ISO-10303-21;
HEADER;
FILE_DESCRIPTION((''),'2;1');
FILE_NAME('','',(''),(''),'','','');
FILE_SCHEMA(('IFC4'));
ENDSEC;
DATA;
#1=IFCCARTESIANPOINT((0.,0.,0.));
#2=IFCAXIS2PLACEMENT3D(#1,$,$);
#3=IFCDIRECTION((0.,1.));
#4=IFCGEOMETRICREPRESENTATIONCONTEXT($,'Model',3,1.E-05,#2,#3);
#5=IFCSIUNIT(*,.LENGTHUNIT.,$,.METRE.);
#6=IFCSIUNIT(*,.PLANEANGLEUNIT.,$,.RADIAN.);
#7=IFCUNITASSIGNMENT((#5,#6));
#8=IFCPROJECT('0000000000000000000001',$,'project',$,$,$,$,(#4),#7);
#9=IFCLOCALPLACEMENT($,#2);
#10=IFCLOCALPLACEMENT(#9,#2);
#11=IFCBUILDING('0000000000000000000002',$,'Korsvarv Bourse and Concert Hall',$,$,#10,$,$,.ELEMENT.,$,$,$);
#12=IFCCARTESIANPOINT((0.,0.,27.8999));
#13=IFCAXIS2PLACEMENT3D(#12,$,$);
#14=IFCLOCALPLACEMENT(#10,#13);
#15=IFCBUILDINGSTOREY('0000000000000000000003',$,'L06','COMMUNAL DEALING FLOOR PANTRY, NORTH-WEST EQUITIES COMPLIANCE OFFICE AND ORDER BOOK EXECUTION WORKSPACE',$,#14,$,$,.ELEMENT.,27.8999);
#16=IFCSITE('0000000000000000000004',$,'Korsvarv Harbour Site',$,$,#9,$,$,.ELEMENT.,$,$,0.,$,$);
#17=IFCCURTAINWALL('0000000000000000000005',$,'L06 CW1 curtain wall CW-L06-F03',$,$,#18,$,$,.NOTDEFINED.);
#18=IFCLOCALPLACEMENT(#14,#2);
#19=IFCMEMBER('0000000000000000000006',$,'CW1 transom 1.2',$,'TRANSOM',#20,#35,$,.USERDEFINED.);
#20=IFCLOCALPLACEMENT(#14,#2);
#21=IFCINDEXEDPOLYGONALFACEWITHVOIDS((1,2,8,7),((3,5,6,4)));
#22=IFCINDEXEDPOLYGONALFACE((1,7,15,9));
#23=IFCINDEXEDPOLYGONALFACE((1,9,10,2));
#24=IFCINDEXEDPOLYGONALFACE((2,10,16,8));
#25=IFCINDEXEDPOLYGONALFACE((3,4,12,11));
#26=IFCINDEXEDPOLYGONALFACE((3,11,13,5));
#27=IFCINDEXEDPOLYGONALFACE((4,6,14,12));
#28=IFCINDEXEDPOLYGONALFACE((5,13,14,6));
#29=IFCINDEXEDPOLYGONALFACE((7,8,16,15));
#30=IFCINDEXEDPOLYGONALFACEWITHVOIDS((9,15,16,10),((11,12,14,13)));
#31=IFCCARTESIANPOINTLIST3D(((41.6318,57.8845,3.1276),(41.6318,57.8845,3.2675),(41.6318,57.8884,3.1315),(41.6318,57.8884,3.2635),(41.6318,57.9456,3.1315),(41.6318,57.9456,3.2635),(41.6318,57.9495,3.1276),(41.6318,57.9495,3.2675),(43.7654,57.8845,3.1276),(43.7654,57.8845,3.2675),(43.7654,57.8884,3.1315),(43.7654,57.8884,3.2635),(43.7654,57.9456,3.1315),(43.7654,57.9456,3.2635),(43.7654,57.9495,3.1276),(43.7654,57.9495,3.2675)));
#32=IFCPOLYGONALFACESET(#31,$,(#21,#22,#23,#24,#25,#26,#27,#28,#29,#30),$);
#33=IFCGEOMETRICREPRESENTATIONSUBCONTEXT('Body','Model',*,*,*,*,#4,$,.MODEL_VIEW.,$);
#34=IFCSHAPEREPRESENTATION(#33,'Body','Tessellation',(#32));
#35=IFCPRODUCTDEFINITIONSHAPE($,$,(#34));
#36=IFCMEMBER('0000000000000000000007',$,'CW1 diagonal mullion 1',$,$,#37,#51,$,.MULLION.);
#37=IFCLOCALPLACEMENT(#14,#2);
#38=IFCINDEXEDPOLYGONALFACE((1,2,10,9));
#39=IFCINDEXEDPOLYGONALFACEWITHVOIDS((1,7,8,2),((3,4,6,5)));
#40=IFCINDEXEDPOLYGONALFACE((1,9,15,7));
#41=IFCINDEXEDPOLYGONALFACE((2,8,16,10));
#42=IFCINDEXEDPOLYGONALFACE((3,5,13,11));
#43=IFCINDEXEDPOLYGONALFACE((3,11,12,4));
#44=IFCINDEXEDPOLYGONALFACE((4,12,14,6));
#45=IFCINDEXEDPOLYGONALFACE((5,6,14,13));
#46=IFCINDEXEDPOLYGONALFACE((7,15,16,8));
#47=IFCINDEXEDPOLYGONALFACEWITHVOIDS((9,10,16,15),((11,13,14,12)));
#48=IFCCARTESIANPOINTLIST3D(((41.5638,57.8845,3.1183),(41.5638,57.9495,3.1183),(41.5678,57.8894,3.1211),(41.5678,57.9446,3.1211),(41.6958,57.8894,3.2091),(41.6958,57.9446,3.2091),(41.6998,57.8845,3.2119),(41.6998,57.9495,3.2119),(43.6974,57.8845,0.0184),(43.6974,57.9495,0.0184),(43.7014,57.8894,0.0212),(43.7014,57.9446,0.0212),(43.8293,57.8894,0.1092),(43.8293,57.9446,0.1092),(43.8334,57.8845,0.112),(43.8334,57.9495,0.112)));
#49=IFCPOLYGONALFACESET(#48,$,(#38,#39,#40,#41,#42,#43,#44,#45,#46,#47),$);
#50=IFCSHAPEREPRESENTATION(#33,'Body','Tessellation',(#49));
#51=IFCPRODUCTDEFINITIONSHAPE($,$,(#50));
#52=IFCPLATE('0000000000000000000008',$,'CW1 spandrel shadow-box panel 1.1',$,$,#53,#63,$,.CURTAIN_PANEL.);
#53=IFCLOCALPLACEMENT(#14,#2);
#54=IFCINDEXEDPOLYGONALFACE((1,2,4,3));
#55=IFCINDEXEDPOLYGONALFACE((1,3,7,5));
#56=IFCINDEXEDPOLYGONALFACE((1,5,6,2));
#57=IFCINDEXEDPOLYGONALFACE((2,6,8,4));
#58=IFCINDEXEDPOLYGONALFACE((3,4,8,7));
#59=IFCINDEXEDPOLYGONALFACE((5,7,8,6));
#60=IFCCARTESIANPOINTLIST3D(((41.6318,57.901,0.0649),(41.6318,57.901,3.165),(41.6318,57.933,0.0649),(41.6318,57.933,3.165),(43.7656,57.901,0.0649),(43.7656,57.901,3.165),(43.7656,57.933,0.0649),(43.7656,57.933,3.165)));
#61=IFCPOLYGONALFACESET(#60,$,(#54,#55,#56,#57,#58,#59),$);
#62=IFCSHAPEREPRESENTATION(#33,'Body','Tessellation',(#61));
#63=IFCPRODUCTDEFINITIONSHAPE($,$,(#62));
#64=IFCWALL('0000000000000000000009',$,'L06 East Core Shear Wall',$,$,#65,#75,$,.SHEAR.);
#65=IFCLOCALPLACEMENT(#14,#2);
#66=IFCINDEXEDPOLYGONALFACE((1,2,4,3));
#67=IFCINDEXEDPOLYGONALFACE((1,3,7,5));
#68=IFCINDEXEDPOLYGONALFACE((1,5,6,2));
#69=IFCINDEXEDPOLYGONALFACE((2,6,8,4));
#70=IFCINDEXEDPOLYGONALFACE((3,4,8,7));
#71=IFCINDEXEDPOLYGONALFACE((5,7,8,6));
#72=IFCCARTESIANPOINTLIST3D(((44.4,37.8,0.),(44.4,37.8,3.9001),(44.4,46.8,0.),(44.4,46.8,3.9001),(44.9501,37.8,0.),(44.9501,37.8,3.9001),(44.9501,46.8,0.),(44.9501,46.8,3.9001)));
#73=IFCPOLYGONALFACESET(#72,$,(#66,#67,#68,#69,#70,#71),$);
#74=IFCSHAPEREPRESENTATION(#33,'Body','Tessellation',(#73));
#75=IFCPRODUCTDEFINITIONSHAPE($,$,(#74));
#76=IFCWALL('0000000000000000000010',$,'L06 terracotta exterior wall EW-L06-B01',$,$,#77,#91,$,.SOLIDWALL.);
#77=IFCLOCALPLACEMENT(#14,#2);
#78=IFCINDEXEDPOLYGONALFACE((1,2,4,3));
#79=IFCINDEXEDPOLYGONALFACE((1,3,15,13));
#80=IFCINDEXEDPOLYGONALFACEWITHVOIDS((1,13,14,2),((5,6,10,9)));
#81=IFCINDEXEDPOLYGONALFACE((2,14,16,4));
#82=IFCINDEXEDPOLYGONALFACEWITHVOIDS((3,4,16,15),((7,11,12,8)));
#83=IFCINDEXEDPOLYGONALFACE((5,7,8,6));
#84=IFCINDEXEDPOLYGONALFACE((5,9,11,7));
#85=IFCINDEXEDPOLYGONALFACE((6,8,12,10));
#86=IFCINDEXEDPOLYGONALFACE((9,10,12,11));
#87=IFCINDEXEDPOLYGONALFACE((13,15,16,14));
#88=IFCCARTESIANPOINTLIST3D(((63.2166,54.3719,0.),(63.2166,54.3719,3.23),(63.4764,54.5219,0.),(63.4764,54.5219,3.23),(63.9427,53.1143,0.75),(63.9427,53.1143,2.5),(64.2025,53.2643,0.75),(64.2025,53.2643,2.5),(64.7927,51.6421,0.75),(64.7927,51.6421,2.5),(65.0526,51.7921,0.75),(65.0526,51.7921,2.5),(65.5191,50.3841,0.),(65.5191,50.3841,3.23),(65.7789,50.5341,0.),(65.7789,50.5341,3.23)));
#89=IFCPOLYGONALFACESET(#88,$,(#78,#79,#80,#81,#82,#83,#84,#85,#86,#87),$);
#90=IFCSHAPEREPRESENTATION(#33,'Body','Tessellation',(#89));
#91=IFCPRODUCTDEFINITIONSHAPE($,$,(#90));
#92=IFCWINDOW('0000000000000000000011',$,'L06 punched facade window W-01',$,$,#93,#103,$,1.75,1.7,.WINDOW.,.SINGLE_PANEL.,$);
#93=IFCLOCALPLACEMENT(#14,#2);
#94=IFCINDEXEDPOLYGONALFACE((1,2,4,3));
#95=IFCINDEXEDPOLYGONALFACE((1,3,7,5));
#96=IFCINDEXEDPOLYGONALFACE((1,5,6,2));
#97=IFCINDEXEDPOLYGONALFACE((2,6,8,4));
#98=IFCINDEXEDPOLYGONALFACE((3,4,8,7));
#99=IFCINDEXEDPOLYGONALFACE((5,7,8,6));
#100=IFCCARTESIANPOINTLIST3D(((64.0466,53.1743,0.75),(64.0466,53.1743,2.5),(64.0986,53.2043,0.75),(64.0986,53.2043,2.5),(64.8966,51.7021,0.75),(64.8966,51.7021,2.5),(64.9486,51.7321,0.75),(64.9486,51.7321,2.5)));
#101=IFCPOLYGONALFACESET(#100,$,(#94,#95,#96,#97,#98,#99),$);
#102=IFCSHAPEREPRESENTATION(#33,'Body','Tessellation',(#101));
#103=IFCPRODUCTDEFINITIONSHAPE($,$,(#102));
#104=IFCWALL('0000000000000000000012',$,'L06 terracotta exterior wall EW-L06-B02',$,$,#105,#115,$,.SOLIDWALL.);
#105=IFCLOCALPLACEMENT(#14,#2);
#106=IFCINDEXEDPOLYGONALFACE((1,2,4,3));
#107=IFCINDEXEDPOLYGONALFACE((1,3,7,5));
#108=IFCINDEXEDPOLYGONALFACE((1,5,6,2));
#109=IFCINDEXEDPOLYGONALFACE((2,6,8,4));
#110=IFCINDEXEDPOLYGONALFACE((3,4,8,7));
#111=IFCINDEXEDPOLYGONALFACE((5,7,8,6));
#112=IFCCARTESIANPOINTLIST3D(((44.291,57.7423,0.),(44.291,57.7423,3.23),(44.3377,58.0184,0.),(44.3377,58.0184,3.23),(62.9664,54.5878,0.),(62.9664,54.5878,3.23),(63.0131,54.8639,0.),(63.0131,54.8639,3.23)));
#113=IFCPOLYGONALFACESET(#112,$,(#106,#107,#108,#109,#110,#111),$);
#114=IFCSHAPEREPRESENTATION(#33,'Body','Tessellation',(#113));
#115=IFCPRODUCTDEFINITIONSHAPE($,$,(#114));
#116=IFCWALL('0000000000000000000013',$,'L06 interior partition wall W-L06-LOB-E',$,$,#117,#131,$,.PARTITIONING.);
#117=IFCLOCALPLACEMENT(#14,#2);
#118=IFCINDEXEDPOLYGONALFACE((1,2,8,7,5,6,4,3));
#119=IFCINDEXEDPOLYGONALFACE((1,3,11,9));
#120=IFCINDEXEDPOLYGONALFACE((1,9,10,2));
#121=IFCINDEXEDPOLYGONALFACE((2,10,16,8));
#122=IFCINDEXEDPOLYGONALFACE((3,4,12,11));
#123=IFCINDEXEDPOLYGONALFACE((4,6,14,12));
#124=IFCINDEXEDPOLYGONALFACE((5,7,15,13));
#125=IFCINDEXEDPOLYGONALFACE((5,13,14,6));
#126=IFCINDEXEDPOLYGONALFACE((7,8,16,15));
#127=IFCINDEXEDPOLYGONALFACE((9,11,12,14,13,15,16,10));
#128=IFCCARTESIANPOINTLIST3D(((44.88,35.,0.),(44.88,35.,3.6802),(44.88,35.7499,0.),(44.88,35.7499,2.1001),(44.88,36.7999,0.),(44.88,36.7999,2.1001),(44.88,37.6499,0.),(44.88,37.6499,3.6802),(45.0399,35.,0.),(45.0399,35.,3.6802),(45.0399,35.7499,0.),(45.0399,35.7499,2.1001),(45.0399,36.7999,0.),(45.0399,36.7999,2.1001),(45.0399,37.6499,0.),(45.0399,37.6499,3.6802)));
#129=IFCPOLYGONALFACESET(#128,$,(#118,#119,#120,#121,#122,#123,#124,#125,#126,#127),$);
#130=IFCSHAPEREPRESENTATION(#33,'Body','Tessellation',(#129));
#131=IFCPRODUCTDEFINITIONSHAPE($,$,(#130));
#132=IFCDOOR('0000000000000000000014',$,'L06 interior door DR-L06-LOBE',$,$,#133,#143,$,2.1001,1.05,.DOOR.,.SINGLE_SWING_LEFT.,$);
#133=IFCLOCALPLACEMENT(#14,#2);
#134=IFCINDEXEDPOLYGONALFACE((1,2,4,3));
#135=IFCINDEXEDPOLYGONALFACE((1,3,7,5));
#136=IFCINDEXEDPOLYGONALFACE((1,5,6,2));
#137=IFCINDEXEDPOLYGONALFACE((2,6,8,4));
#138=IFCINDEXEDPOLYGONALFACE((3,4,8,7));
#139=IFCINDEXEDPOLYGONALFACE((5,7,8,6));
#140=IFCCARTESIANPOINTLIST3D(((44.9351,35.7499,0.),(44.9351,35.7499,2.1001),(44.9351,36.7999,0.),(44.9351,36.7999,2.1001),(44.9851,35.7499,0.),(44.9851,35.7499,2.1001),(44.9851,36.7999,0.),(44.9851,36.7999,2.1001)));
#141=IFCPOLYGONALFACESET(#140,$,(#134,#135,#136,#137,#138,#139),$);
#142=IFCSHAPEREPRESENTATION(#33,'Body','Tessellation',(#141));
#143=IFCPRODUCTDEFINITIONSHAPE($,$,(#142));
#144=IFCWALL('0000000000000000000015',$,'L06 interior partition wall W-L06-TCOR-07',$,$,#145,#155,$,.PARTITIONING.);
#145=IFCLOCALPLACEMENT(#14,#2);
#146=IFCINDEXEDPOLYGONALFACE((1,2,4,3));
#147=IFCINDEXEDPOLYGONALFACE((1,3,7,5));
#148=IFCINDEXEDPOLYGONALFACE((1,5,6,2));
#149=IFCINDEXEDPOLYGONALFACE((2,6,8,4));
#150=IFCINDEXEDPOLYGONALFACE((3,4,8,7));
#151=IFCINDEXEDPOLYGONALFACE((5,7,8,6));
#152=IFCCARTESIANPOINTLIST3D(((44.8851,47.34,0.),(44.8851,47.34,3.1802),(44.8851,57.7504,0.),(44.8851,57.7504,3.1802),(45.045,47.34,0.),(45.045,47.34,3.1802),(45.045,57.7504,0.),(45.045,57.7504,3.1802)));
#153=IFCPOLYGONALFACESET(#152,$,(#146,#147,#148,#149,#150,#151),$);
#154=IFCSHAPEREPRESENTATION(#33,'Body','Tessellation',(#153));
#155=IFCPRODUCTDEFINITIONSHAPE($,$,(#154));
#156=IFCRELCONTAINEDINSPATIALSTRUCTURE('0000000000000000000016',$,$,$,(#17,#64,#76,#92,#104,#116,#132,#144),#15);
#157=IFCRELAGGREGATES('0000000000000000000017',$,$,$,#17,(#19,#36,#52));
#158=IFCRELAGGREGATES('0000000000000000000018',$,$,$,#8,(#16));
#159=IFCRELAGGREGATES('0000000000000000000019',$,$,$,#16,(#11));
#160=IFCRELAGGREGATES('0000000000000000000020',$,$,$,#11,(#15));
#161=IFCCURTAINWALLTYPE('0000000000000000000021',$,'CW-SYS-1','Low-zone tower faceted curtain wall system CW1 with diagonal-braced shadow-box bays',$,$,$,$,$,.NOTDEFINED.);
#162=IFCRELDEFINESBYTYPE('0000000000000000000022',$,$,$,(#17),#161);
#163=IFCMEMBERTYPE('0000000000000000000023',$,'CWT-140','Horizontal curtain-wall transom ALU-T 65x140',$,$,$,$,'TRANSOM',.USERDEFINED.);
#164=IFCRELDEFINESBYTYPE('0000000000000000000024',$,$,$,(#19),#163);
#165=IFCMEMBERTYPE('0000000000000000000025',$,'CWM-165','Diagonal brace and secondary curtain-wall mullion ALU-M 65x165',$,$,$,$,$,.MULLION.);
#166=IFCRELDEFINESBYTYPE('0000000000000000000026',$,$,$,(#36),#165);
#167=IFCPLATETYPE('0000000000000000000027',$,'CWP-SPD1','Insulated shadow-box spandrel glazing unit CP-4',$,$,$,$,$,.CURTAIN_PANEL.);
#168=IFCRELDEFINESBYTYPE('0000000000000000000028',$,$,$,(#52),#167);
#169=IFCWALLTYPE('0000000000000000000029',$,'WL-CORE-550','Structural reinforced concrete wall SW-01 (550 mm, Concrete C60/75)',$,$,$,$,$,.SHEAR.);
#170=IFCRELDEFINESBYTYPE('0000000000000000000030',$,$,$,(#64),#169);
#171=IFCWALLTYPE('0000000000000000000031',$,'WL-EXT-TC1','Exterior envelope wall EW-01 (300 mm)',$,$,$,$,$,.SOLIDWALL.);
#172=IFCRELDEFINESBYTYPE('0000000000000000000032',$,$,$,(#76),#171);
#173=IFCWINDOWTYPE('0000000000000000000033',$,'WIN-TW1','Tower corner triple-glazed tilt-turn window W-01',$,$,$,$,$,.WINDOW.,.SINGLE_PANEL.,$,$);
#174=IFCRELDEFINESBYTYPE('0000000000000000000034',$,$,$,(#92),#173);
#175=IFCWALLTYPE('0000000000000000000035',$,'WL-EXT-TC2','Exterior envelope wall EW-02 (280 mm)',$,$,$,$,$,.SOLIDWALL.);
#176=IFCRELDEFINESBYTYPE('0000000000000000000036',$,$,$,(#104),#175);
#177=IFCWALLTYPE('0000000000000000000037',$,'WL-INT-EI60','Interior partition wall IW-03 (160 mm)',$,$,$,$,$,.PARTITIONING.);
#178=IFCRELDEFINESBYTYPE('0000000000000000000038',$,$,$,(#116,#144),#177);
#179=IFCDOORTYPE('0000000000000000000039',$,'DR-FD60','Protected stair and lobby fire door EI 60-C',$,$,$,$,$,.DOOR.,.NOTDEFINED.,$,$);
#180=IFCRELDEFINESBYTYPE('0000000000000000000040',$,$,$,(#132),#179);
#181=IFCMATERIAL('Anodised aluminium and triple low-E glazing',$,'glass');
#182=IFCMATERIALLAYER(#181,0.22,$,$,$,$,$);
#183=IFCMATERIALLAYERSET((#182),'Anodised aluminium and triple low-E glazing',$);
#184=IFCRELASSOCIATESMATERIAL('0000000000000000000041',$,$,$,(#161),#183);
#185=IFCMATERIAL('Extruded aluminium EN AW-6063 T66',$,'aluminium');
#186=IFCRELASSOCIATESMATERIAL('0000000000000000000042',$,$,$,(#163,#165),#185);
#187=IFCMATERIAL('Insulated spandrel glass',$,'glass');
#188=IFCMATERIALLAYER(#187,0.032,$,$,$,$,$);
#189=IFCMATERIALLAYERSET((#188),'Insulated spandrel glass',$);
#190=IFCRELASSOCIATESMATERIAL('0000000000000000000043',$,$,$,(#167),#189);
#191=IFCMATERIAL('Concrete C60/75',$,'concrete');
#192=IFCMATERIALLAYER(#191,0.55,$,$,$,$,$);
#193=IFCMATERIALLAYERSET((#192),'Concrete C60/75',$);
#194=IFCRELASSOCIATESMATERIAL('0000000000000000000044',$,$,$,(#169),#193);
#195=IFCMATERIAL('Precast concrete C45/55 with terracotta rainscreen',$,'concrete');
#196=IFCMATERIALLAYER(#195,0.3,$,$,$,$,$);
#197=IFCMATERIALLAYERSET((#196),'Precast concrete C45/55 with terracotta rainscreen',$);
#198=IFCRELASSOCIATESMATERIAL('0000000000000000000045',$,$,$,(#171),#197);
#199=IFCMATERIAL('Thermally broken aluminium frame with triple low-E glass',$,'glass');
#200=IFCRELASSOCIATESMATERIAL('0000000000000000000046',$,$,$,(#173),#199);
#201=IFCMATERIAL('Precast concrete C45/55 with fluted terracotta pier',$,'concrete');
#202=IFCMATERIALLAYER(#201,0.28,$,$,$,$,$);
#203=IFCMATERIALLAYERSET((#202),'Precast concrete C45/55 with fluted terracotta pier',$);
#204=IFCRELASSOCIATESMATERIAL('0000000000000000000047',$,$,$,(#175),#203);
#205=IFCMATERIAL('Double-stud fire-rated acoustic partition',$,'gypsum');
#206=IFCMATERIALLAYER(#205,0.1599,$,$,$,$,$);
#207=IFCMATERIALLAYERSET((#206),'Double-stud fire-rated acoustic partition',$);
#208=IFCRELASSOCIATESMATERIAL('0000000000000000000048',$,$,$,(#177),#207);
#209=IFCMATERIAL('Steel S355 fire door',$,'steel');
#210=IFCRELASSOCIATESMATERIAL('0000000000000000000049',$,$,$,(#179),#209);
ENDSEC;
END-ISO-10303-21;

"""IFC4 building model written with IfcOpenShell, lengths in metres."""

from ifc_helpers import new_model, si_unit, direction, frame, frame_2d, origin, origin_2d, place, context, subcontext, project, spatial, rectangle, hollow_rectangle, extrude, source, transform, mapped, material, layer, layer_set, material_profile, profile_set, type_object, element, fill, aggregate, save


model = new_model("IFC4")

# Units and contexts
model_context = context("Model", 3, precision=1e-05, world=origin(), true_north=direction((0.0, 1.0)))
body_context = subcontext(model_context, "Body", "Model", "MODEL_VIEW")
ifc_project = project(units=[si_unit("LENGTHUNIT", "METRE"), si_unit("PLANEANGLEUNIT", "RADIAN")], contexts=[model_context])

# Site, building, storey
site_placement = place(None, origin())
site = spatial("IfcSite", under=ifc_project, at=site_placement, Name="Korsvarv Harbour Site", CompositionType="ELEMENT", RefElevation=0.0)
building_placement = place(site_placement, origin())
building = spatial("IfcBuilding", under=site, at=building_placement, Name="Korsvarv Bourse and Concert Hall", CompositionType="ELEMENT")
storey_placement = place(building_placement, frame((0.0, 0.0, 27.8999)))
storey = spatial("IfcBuildingStorey", under=building, at=storey_placement, Name="L06", Description="COMMUNAL DEALING FLOOR PANTRY, NORTH-WEST EQUITIES COMPLIANCE OFFICE AND ORDER BOOK EXECUTION WORKSPACE", CompositionType="ELEMENT", Elevation=27.8999)

# Shared definitions
ifc_material_1 = material(Name="Concrete C60/75", Category="concrete")

# Curtain wall, members, plate
ifc_material_2 = material(Name="Anodised aluminium and triple low-E glazing", Category="glass")
ifc_layer_1 = layer(ifc_material_2, 0.22)
ifc_layer_set_1 = layer_set([ifc_layer_1], Name="Anodised aluminium and triple low-E glazing")
curtain_wall_type = type_object("IfcCurtainWallType", Name="CW-SYS-1", Description="Low-zone tower faceted curtain wall system CW1 with diagonal-braced shadow-box bays", PredefinedType="NOTDEFINED", material=ifc_layer_set_1)
curtain_wall_placement = place(storey_placement, origin())
curtain_wall = element("IfcCurtainWall", 1, at=curtain_wall_placement, inside=storey, type_object=curtain_wall_type, Name="L06 CW1 curtain wall CW-L06-F03", PredefinedType="NOTDEFINED")
ifc_material_3 = material(Name="Extruded aluminium EN AW-6063 T66", Category="aluminium")
ifc_material_profile_1 = material_profile(ifc_material_3, hollow_rectangle(XDim=0.0649, YDim=0.1399, WallThickness=0.0039, at=origin_2d()), Name="ALU-T 65x140")
ifc_profile_set_1 = profile_set([ifc_material_profile_1], Name="Extruded aluminium EN AW-6063 T66")
member_type_1 = type_object("IfcMemberType", Name="CWT-140", Description="Horizontal curtain-wall transom ALU-T 65x140", ElementType="TRANSOM", PredefinedType="USERDEFINED", material=ifc_profile_set_1)
shared_shape_1 = source(origin(), body_context, "Body", "SweptSolid", [
    extrude(hollow_rectangle(XDim=0.0649, YDim=0.1399, WallThickness=0.0039, at=origin_2d()), origin(), (0.0, 0.0, 1.0), 2.1335),
])
member_1_placement = place(storey_placement, frame((43.7654, 57.917, 3.1975), z_axis=(-1.0, 0.0, 0.0), x_axis=(0.0, -1.0, 0.0)))
member_1 = element("IfcMember", 2, at=member_1_placement, type_object=member_type_1, Name="CW1 transom 1.2", ObjectType="TRANSOM", PredefinedType="USERDEFINED", context=body_context, shape_type="MappedRepresentation", body=[
    mapped(shared_shape_1, transform((0.0, 0.0, 0.0), scale=1.0)),
])
ifc_material_profile_2 = material_profile(ifc_material_3, hollow_rectangle(XDim=0.0649, YDim=0.165, WallThickness=0.0049, at=origin_2d()), Name="ALU-M 65x165")
ifc_profile_set_2 = profile_set([ifc_material_profile_2], Name="Extruded aluminium EN AW-6063 T66")
member_type_2 = type_object("IfcMemberType", Name="CWM-165", Description="Diagonal brace and secondary curtain-wall mullion ALU-M 65x165", PredefinedType="MULLION", material=ifc_profile_set_2)
shared_shape_2 = source(origin(), body_context, "Body", "SweptSolid", [
    extrude(hollow_rectangle(XDim=0.0649, YDim=0.165, WallThickness=0.0049, at=origin_2d()), origin(), (0.0, 0.0, 1.0), 3.7632),
])
member_2_placement = place(storey_placement, frame((43.7654, 57.917, 0.0652), z_axis=(-0.566961, 0.0, 0.823745), x_axis=(0.0, -1.0, 0.0)))
member_2 = element("IfcMember", 3, at=member_2_placement, type_object=member_type_2, Name="CW1 diagonal mullion 1", PredefinedType="MULLION", context=body_context, shape_type="MappedRepresentation", body=[
    mapped(shared_shape_2, transform((0.0, 0.0, 0.0), scale=1.0)),
])
ifc_material_4 = material(Name="Insulated spandrel glass", Category="glass")
ifc_layer_2 = layer(ifc_material_4, 0.032)
ifc_layer_set_2 = layer_set([ifc_layer_2], Name="Insulated spandrel glass")
plate_type = type_object("IfcPlateType", Name="CWP-SPD1", Description="Insulated shadow-box spandrel glazing unit CP-4", PredefinedType="CURTAIN_PANEL", material=ifc_layer_set_2)
shared_shape_3 = source(origin(), body_context, "Body", "SweptSolid", [
    extrude(rectangle(XDim=2.1338, YDim=0.032, at=origin_2d()), origin(), (0.0, 0.0, 1.0), 3.1001),
])
plate_placement = place(storey_placement, frame((42.6987, 57.917, 0.0649), z_axis=(0.0, 0.0, 1.0), x_axis=(-1.0, 0.0, 0.0)))
plate = element("IfcPlate", 4, at=plate_placement, type_object=plate_type, Name="CW1 spandrel shadow-box panel 1.1", PredefinedType="CURTAIN_PANEL", context=body_context, shape_type="MappedRepresentation", body=[
    mapped(shared_shape_3, transform((0.0, 0.0, 0.0), scale=1.0)),
])
aggregate(curtain_wall, [member_1, member_2, plate])

# Wall
ifc_layer_3 = layer(ifc_material_1, 0.55)
ifc_layer_set_3 = layer_set([ifc_layer_3], Name="Concrete C60/75")
wall_type_1 = type_object("IfcWallType", Name="WL-CORE-550", Description="Structural reinforced concrete wall SW-01 (550 mm, Concrete C60/75)", PredefinedType="SHEAR", material=ifc_layer_set_3)
wall_1_placement = place(storey_placement, frame((44.675, 37.8, 0.0), z_axis=(0.0, 0.0, 1.0), x_axis=(0.0, 1.0, 0.0)))
element("IfcWall", 5, at=wall_1_placement, inside=storey, type_object=wall_type_1, Name="L06 East Core Shear Wall", PredefinedType="SHEAR", context=body_context, shape_type="SweptSolid", body=[
    extrude(rectangle(XDim=9.0, YDim=0.55, at=frame_2d((4.5, 0.0))), origin(), (0.0, 0.0, 1.0), 3.9001),
])

# Wall, opening, window
ifc_material_5 = material(Name="Precast concrete C45/55 with terracotta rainscreen", Category="concrete")
ifc_layer_4 = layer(ifc_material_5, 0.3)
ifc_layer_set_4 = layer_set([ifc_layer_4], Name="Precast concrete C45/55 with terracotta rainscreen")
wall_type_2 = type_object("IfcWallType", Name="WL-EXT-TC1", Description="Exterior envelope wall EW-01 (300 mm)", PredefinedType="SOLIDWALL", material=ifc_layer_set_4)
wall_2_placement = place(storey_placement, frame((65.6489, 50.4592, 0.0), z_axis=(0.0, 0.0, 1.0), x_axis=(-0.500022, 0.866013, 0.0)))
wall_2 = element("IfcWall", 6, at=wall_2_placement, inside=storey, type_object=wall_type_2, Name="L06 terracotta exterior wall EW-L06-B01", PredefinedType="SOLIDWALL", context=body_context, shape_type="SweptSolid", body=[
    extrude(rectangle(XDim=4.6047, YDim=0.3, at=frame_2d((2.3022, 0.0))), origin(), (0.0, 0.0, 1.0), 3.23),
])
opening_1_placement = place(wall_2_placement, frame((1.4524, 0.0, 0.75)))
opening_1 = element("IfcOpeningElement", 7, at=opening_1_placement, cuts=wall_2, PredefinedType="OPENING", context=body_context, shape_type="SweptSolid", body=[
    extrude(rectangle(XDim=1.7, YDim=1.75, at=frame_2d((0.8501, 0.875))), frame((0.0, 0.1602, 0.0), z_axis=(0.0, -1.0, 0.0), x_axis=(1.0, 0.0, 0.0)), (0.0, 0.0, 1.0), 0.3201),
])
ifc_material_6 = material(Name="Thermally broken aluminium frame with triple low-E glass", Category="glass")
window_type = type_object("IfcWindowType", Name="WIN-TW1", Description="Tower corner triple-glazed tilt-turn window W-01", PartitioningType="SINGLE_PANEL", PredefinedType="WINDOW", material=ifc_material_6)
window_placement = place(opening_1_placement, origin())
window = element("IfcWindow", 8, at=window_placement, inside=storey, type_object=window_type, Name="L06 punched facade window W-01", OverallHeight=1.75, OverallWidth=1.7, PartitioningType="SINGLE_PANEL", PredefinedType="WINDOW", context=body_context, shape_type="SweptSolid", body=[
    extrude(rectangle(XDim=1.7, YDim=1.75, at=frame_2d((0.8501, 0.875))), frame((0.0, 0.03, 0.0), z_axis=(0.0, -1.0, 0.0), x_axis=(1.0, 0.0, 0.0)), (0.0, 0.0, 1.0), 0.0601),
])
fill(opening_1, window)

# Wall
ifc_material_7 = material(Name="Precast concrete C45/55 with fluted terracotta pier", Category="concrete")
ifc_layer_5 = layer(ifc_material_7, 0.28)
ifc_layer_set_5 = layer_set([ifc_layer_5], Name="Precast concrete C45/55 with fluted terracotta pier")
wall_type_3 = type_object("IfcWallType", Name="WL-EXT-TC2", Description="Exterior envelope wall EW-02 (280 mm)", PredefinedType="SOLIDWALL", material=ifc_layer_set_5)
wall_3_placement = place(storey_placement, frame((62.9897, 54.7258, 0.0), z_axis=(0.0, 0.0, 1.0), x_axis=(-0.986032, 0.166556, 0.0)))
element("IfcWall", 9, at=wall_3_placement, inside=storey, type_object=wall_type_3, Name="L06 terracotta exterior wall EW-L06-B02", PredefinedType="SOLIDWALL", context=body_context, shape_type="SweptSolid", body=[
    extrude(rectangle(XDim=18.9399, YDim=0.28, at=frame_2d((9.47, 0.0))), origin(), (0.0, 0.0, 1.0), 3.23),
])

# Wall, opening, door
ifc_material_8 = material(Name="Double-stud fire-rated acoustic partition", Category="gypsum")
ifc_layer_6 = layer(ifc_material_8, 0.1599)
ifc_layer_set_6 = layer_set([ifc_layer_6], Name="Double-stud fire-rated acoustic partition")
wall_type_4 = type_object("IfcWallType", Name="WL-INT-EI60", Description="Interior partition wall IW-03 (160 mm)", PredefinedType="PARTITIONING", material=ifc_layer_set_6)
wall_4_placement = place(storey_placement, frame((44.96, 35.0, 0.0), z_axis=(0.0, 0.0, 1.0), x_axis=(0.0, 1.0, 0.0)))
wall_4 = element("IfcWall", 10, at=wall_4_placement, inside=storey, type_object=wall_type_4, Name="L06 interior partition wall W-L06-LOB-E", PredefinedType="PARTITIONING", context=body_context, shape_type="SweptSolid", body=[
    extrude(rectangle(XDim=2.6499, YDim=0.1599, at=frame_2d((1.325, 0.0))), origin(), (0.0, 0.0, 1.0), 3.6802),
])
opening_2_placement = place(wall_4_placement, frame((0.75, 0.0, 0.0)))
opening_2 = element("IfcOpeningElement", 11, at=opening_2_placement, cuts=wall_4, PredefinedType="OPENING", context=body_context, shape_type="SweptSolid", body=[
    extrude(rectangle(XDim=1.05, YDim=2.1001, at=frame_2d((0.5249, 1.05))), frame((0.0, 0.0898, 0.0), z_axis=(0.0, -1.0, 0.0), x_axis=(1.0, 0.0, 0.0)), (0.0, 0.0, 1.0), 0.1799),
])
ifc_material_9 = material(Name="Steel S355 fire door", Category="steel")
door_type = type_object("IfcDoorType", Name="DR-FD60", Description="Protected stair and lobby fire door EI 60-C", OperationType="NOTDEFINED", PredefinedType="DOOR", material=ifc_material_9)
door_placement = place(opening_2_placement, origin())
door = element("IfcDoor", 12, at=door_placement, inside=storey, type_object=door_type, Name="L06 interior door DR-L06-LOBE", OperationType="SINGLE_SWING_LEFT", OverallHeight=2.1001, OverallWidth=1.05, PredefinedType="DOOR", context=body_context, shape_type="SweptSolid", body=[
    extrude(rectangle(XDim=1.05, YDim=2.1001, at=frame_2d((0.5249, 1.05))), frame((0.0, 0.0249, 0.0), z_axis=(0.0, -1.0, 0.0), x_axis=(1.0, 0.0, 0.0)), (0.0, 0.0, 1.0), 0.05),
])
fill(opening_2, door)

# Wall
wall_5_placement = place(storey_placement, frame((44.9651, 47.3401, 0.0), z_axis=(0.0, 0.0, 1.0), x_axis=(0.0, 1.0, 0.0)))
element("IfcWall", 13, at=wall_5_placement, inside=storey, type_object=wall_type_4, Name="L06 interior partition wall W-L06-TCOR-07", PredefinedType="PARTITIONING", context=body_context, shape_type="SweptSolid", body=[
    extrude(rectangle(XDim=10.4104, YDim=0.1599, at=frame_2d((5.2051, 0.0))), origin(), (0.0, 0.0, 1.0), 3.1802),
])

save(model, "model.ifc")
